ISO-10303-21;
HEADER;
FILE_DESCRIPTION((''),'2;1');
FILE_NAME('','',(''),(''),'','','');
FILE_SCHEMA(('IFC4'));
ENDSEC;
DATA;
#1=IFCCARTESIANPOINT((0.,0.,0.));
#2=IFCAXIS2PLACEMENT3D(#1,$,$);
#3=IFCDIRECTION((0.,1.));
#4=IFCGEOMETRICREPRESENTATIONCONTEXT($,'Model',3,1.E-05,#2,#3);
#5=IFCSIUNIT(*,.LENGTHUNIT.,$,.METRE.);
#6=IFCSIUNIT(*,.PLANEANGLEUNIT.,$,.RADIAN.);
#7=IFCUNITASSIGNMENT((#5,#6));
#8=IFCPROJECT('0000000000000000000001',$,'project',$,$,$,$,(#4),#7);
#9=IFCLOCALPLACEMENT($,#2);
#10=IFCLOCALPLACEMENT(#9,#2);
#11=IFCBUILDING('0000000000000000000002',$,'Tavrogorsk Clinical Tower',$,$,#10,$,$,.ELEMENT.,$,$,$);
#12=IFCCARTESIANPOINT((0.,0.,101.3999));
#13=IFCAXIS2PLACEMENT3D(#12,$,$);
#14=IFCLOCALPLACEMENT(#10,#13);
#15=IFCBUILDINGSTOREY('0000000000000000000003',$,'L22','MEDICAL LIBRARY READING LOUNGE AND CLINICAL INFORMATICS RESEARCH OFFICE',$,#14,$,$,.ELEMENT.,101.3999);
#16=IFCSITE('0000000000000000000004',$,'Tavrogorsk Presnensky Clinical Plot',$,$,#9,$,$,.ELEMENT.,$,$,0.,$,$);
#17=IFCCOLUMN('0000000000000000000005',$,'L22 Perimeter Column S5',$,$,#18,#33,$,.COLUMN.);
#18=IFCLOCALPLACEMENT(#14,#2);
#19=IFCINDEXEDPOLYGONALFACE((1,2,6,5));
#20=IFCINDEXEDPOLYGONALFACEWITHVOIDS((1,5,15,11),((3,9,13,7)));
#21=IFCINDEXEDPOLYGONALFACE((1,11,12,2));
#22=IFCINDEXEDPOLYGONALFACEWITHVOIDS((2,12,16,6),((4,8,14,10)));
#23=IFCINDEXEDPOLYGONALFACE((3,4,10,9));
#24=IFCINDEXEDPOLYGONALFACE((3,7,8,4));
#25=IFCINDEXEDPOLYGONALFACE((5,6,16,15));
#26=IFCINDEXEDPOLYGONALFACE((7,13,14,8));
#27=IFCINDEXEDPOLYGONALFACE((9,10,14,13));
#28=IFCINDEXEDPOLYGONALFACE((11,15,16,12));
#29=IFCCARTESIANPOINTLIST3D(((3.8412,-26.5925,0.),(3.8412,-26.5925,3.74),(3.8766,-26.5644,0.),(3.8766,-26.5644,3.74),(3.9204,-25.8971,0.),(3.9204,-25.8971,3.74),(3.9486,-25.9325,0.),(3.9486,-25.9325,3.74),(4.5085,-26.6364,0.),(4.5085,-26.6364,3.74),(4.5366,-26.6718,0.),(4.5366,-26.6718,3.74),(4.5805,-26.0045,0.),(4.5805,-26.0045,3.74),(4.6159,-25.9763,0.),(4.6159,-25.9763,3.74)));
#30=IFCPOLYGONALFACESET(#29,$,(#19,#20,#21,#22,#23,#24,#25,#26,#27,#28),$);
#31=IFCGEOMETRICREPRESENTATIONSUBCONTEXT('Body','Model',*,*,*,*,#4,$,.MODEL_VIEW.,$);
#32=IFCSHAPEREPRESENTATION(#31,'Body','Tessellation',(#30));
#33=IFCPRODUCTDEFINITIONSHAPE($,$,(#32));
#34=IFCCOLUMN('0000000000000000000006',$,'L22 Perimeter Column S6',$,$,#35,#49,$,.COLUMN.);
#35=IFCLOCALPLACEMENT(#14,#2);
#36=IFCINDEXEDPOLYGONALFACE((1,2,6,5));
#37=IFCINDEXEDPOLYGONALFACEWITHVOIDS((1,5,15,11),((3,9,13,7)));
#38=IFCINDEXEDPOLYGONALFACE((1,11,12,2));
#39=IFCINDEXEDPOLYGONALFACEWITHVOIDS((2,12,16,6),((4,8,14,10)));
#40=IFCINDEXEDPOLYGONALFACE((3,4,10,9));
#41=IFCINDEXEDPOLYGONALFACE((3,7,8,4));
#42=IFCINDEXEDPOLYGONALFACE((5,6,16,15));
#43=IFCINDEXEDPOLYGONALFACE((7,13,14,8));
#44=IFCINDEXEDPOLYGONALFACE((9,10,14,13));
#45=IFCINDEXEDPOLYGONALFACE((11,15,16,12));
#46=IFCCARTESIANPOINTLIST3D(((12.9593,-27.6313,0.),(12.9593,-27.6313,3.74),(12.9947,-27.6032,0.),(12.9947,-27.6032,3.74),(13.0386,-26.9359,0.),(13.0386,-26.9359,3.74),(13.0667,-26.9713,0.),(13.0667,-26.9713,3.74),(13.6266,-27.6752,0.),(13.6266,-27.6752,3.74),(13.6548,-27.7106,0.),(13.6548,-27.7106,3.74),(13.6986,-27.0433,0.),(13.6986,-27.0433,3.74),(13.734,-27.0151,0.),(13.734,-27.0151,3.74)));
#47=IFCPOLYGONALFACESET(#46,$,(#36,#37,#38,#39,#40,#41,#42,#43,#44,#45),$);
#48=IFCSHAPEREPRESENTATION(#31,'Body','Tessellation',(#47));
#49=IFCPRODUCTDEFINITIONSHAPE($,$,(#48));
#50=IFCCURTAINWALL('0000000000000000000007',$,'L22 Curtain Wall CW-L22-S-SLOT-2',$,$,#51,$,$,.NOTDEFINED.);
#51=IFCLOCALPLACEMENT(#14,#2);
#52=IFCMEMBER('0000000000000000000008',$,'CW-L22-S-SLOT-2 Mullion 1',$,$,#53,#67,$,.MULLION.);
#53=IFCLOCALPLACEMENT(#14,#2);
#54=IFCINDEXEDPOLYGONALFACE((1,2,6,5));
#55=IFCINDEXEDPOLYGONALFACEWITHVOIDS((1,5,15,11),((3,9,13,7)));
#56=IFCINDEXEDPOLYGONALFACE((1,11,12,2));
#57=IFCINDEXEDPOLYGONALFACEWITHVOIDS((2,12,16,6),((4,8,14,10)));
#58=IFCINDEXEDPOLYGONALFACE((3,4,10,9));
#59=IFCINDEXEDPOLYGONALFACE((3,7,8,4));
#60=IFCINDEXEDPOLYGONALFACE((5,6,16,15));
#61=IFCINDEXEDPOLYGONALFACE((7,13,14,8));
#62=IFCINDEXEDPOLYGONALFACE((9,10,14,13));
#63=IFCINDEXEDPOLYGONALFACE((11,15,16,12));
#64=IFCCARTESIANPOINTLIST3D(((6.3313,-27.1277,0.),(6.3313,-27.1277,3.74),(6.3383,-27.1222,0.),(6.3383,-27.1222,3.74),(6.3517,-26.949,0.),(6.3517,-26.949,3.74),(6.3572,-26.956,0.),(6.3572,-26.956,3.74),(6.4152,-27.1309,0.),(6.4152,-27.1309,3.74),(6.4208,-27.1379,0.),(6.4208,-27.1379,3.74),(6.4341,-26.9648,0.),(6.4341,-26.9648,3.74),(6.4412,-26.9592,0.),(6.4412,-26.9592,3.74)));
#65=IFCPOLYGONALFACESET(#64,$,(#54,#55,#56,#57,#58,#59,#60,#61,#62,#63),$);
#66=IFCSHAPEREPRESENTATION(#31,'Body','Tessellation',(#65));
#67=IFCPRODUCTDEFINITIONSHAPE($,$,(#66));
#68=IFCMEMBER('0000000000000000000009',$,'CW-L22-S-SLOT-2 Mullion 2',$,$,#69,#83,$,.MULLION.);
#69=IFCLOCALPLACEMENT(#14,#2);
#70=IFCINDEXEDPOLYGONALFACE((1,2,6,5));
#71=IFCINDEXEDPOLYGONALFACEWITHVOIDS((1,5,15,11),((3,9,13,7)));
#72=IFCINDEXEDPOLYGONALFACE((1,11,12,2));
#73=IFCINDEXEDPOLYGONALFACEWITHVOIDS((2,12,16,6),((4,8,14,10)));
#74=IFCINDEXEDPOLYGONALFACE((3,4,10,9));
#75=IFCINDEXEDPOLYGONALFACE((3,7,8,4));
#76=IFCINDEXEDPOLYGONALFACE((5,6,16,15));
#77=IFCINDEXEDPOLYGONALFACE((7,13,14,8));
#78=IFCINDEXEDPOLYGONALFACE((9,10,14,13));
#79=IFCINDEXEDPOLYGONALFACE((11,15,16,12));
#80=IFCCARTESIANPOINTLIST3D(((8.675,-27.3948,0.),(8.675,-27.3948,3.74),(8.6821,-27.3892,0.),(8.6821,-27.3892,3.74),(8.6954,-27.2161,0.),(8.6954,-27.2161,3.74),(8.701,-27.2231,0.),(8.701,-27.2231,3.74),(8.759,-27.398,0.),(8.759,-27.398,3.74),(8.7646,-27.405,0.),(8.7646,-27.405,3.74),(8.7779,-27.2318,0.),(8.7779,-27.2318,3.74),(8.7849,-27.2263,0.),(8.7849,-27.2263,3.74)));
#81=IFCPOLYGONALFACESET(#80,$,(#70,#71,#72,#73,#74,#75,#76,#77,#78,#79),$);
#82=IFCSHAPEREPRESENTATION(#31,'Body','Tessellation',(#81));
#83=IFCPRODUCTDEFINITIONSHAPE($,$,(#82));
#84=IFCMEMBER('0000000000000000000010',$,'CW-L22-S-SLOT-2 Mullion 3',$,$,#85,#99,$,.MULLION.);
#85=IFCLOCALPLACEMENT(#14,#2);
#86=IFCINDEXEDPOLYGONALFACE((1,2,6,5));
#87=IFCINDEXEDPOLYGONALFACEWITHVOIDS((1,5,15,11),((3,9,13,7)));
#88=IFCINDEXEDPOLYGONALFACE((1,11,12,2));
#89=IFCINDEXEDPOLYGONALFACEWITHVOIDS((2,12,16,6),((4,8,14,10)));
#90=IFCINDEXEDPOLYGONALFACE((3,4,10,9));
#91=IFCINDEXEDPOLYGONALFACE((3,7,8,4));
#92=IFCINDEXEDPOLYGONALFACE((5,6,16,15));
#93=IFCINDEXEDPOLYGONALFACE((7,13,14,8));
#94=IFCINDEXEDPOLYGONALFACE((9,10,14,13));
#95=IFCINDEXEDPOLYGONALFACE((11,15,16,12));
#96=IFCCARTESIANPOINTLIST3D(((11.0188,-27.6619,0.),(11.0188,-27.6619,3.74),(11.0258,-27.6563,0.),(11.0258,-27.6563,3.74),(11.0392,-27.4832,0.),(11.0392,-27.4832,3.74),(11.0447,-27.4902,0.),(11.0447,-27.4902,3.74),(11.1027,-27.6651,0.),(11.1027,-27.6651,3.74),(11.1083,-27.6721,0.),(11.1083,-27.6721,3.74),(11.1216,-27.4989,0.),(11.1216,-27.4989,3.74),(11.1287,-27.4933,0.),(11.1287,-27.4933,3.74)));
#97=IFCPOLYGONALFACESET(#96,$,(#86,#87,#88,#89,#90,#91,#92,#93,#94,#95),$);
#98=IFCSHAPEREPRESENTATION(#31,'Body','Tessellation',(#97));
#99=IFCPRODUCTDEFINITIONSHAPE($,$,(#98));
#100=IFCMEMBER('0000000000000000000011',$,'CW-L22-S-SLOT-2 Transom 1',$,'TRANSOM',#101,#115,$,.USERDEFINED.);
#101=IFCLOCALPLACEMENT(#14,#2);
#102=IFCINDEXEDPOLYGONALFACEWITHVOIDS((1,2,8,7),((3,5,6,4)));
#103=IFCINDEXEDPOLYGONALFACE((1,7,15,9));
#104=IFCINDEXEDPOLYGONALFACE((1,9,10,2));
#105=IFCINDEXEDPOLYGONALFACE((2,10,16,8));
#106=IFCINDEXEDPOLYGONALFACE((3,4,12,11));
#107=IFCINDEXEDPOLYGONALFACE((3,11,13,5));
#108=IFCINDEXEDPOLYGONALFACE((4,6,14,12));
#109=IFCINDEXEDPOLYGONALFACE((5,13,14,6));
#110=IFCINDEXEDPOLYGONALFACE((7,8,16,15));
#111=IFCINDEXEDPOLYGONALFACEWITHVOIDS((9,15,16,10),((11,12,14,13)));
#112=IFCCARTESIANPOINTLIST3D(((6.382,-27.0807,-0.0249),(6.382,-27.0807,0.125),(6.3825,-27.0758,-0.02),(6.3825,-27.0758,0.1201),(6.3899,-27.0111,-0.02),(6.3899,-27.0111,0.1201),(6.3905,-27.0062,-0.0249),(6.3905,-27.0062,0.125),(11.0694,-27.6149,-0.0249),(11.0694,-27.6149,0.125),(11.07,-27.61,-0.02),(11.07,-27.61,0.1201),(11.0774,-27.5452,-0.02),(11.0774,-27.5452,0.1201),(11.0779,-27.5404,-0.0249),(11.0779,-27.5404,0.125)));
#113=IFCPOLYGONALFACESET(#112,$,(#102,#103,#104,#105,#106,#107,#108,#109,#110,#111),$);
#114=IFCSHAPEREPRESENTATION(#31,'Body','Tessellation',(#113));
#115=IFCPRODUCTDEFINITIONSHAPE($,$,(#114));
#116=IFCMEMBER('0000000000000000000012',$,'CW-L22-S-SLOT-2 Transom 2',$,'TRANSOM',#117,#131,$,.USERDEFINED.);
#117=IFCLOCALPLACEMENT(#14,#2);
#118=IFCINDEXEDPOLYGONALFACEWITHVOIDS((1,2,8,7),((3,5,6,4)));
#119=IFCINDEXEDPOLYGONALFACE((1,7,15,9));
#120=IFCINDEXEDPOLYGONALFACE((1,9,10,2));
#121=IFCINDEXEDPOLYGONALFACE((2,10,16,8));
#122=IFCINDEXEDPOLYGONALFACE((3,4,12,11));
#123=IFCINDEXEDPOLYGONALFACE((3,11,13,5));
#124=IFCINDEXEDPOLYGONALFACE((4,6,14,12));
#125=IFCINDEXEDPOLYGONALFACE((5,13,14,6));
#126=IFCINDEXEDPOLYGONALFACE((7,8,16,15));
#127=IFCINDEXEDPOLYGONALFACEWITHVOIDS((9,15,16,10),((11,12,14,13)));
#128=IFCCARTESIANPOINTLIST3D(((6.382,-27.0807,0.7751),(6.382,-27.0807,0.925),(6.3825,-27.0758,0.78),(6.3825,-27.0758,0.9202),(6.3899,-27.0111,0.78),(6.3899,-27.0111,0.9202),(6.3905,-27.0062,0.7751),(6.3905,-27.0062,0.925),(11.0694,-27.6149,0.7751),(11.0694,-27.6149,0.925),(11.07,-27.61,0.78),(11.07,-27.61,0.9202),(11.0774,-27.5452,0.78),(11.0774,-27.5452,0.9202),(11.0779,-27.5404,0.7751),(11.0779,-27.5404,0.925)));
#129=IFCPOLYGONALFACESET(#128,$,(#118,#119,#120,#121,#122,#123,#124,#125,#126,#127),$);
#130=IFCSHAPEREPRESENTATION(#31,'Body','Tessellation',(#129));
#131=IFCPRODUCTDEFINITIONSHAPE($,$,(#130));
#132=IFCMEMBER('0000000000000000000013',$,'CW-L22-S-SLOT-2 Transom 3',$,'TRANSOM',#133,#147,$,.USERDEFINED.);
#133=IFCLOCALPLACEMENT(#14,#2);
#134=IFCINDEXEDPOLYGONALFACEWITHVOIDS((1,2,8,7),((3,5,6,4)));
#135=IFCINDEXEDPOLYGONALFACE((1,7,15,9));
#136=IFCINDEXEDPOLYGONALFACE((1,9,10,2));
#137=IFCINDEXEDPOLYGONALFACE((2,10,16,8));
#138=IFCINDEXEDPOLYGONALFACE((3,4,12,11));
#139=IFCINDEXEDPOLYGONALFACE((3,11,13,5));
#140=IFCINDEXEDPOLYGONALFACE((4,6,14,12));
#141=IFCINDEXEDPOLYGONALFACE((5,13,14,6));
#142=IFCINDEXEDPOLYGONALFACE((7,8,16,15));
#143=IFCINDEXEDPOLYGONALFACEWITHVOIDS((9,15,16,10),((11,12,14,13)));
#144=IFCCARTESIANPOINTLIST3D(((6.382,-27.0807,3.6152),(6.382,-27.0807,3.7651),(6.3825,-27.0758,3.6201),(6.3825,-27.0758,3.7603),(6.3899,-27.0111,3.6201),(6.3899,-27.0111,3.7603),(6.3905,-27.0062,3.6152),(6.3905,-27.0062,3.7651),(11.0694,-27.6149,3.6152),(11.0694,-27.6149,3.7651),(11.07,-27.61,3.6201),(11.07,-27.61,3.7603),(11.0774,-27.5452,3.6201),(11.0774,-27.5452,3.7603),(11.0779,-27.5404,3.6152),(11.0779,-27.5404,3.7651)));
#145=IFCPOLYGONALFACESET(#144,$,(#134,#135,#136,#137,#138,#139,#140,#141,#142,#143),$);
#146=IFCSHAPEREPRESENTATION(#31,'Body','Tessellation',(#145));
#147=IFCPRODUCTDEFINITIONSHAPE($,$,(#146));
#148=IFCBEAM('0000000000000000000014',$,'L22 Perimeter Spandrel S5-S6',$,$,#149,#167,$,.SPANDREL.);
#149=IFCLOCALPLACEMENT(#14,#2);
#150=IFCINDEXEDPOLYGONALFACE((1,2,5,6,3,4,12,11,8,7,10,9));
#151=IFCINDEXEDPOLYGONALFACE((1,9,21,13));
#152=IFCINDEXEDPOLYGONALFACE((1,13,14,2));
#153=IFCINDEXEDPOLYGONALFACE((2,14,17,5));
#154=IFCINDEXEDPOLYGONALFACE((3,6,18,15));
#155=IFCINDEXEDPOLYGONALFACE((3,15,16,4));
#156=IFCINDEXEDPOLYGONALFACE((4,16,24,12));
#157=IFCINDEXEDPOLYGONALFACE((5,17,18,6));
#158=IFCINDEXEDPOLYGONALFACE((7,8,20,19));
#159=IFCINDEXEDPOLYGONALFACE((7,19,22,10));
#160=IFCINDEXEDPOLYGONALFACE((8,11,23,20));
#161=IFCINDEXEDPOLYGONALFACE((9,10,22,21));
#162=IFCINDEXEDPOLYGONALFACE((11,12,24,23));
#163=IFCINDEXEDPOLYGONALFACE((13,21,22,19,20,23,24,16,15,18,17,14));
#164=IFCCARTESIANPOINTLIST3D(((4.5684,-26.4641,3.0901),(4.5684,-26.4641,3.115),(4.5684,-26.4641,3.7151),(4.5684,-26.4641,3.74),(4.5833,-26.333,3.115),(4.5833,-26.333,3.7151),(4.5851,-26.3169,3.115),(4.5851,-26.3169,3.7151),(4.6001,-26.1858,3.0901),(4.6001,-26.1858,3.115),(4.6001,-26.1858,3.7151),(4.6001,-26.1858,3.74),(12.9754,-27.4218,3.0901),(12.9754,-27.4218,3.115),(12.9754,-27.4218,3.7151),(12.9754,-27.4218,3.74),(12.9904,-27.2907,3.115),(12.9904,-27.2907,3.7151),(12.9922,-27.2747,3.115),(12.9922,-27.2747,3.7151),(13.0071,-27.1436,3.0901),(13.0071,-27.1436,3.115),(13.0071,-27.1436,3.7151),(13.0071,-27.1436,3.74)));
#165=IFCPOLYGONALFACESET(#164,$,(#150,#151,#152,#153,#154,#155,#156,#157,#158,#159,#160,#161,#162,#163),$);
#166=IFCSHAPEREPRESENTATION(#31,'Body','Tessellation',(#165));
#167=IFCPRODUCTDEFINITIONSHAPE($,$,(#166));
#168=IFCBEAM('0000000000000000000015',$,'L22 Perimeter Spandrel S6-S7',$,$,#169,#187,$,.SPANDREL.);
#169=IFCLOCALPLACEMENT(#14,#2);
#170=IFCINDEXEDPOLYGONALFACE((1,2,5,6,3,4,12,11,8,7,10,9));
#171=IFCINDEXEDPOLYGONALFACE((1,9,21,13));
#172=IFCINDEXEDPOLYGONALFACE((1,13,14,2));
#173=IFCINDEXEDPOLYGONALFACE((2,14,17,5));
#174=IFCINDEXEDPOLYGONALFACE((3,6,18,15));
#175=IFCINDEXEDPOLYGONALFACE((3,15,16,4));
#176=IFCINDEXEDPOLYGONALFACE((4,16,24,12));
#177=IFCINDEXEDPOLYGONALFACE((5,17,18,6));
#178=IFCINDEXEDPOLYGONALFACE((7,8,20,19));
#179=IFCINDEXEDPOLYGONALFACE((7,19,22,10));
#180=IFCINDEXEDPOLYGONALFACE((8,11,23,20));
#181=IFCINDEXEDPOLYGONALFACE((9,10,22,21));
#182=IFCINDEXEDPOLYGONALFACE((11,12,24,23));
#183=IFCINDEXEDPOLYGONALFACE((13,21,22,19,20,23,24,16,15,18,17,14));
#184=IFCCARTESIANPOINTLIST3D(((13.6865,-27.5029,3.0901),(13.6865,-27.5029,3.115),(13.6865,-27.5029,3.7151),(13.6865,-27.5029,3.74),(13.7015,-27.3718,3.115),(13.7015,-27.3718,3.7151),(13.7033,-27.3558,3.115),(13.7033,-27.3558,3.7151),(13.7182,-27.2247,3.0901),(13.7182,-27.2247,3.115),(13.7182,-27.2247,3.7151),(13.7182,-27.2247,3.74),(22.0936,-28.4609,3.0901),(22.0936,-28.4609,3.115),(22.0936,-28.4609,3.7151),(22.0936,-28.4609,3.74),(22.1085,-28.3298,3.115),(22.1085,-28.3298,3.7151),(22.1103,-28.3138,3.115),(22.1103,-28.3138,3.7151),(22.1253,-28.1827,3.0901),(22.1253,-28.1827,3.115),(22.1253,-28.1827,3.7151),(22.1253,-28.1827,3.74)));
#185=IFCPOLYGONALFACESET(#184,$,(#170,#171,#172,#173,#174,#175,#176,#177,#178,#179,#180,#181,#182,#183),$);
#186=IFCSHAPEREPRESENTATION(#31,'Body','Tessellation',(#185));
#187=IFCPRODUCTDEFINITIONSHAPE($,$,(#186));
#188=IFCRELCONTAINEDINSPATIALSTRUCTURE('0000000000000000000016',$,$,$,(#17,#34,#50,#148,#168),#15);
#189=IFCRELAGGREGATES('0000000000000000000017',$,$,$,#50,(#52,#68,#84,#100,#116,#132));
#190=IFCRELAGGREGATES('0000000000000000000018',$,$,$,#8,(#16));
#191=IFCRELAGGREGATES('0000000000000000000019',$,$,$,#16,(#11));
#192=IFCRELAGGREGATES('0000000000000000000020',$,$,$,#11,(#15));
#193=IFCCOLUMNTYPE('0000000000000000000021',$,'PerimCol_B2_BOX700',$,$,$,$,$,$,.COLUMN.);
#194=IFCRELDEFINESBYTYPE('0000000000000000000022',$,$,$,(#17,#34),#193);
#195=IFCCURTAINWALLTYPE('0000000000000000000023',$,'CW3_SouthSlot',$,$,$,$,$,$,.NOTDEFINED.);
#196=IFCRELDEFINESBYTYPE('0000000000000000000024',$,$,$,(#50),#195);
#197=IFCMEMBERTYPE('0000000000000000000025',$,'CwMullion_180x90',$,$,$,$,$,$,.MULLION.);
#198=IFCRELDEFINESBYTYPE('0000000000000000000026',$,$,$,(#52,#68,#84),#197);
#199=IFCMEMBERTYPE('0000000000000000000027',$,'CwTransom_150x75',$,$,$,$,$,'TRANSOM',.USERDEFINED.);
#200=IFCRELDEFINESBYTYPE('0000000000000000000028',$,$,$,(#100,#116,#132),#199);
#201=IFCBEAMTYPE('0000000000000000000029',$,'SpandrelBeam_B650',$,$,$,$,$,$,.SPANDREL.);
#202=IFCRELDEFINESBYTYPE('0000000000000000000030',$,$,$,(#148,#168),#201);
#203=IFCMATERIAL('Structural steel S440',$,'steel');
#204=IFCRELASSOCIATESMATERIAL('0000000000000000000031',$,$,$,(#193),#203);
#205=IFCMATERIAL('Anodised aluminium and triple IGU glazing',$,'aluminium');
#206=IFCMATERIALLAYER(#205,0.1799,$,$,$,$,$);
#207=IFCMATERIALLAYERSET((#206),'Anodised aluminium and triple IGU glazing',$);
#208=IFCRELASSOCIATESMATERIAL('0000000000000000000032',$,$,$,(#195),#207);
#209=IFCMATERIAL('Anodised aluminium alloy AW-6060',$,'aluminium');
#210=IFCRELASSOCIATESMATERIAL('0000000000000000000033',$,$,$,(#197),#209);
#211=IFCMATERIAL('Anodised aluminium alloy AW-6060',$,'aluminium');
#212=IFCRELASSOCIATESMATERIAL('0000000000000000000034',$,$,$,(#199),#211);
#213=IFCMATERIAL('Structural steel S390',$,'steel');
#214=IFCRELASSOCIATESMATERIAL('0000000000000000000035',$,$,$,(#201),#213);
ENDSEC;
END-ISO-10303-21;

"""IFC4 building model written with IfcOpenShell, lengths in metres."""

from ifc_helpers import new_model, si_unit, direction, frame, origin, origin_2d, place, context, subcontext, project, spatial, hollow_rectangle, i_section, extrude, material, layer, layer_set, material_profile, profile_set, type_object, element, aggregate, save


model = new_model("IFC4")

# Units and contexts
model_context = context("Model", 3, precision=1e-05, world=origin(), true_north=direction((0.0, 1.0)))
body_context = subcontext(model_context, "Body", "Model", "MODEL_VIEW")
ifc_project = project(units=[si_unit("LENGTHUNIT", "METRE"), si_unit("PLANEANGLEUNIT", "RADIAN")], contexts=[model_context])

# Site, building, storey
site_placement = place(None, origin())
site = spatial("IfcSite", under=ifc_project, at=site_placement, Name="Tavrogorsk Presnensky Clinical Plot", CompositionType="ELEMENT", RefElevation=0.0)
building_placement = place(site_placement, origin())
building = spatial("IfcBuilding", under=site, at=building_placement, Name="Tavrogorsk Clinical Tower", CompositionType="ELEMENT")
storey_placement = place(building_placement, frame((0.0, 0.0, 101.3999)))
storey = spatial("IfcBuildingStorey", under=building, at=storey_placement, Name="L22", Description="MEDICAL LIBRARY READING LOUNGE AND CLINICAL INFORMATICS RESEARCH OFFICE", CompositionType="ELEMENT", Elevation=101.3999)

# Columns
ifc_material_1 = material(Name="Structural steel S440", Category="steel")
ifc_material_profile_1 = material_profile(ifc_material_1, hollow_rectangle(XDim=0.7, YDim=0.7, WallThickness=0.032, at=origin_2d()), Name="BOX-700x700x32")
ifc_profile_set_1 = profile_set([ifc_material_profile_1], Name="Structural steel S440")
column_type = type_object("IfcColumnType", Name="PerimCol_B2_BOX700", PredefinedType="COLUMN", material=ifc_profile_set_1)
for number, where, z_axis, x_axis, name in (
    (1, (4.2285, -26.2844, 0.0), (0.0, 0.0, 1.0), (0.993572, -0.113203, 0.0), "L22 Perimeter Column S5"),
    (2, (13.3467, -27.3232, 0.0), (0.0, 0.0, 1.0), (0.993572, -0.113203, 0.0), "L22 Perimeter Column S6"),
):
    element("IfcColumn", number, at=place(storey_placement, frame(where, z_axis=z_axis, x_axis=x_axis)), inside=storey, type_object=column_type, Name=name, PredefinedType="COLUMN", context=body_context, shape_type="SweptSolid", body=[
        extrude(hollow_rectangle(XDim=0.7, YDim=0.7, WallThickness=0.032, at=origin_2d()), origin(), (0.0, 0.0, 1.0), 3.74),
    ])

# Curtain wall, members
ifc_material_2 = material(Name="Anodised aluminium and triple IGU glazing", Category="aluminium")
ifc_layer_1 = layer(ifc_material_2, 0.1799)
ifc_layer_set_1 = layer_set([ifc_layer_1], Name="Anodised aluminium and triple IGU glazing")
curtain_wall_type = type_object("IfcCurtainWallType", Name="CW3_SouthSlot", PredefinedType="NOTDEFINED", material=ifc_layer_set_1)
curtain_wall_placement = place(storey_placement, origin())
curtain_wall = element("IfcCurtainWall", 3, at=curtain_wall_placement, inside=storey, type_object=curtain_wall_type, Name="L22 Curtain Wall CW-L22-S-SLOT-2", PredefinedType="NOTDEFINED")
ifc_material_3 = material(Name="Anodised aluminium alloy AW-6060", Category="aluminium")
ifc_material_profile_2 = material_profile(ifc_material_3, hollow_rectangle(XDim=0.0901, YDim=0.1799, WallThickness=0.0063, at=origin_2d()), Name="RHS-180x90x6.3")
ifc_profile_set_2 = profile_set([ifc_material_profile_2], Name="Anodised aluminium alloy AW-6060")
member_type_1 = type_object("IfcMemberType", Name="CwMullion_180x90", PredefinedType="MULLION", material=ifc_profile_set_2)
member_1_placement = place(storey_placement, frame((6.3862, -27.0435, 0.0), z_axis=(0.0, 0.0, 1.0), x_axis=(0.993572, -0.113203, 0.0)))
member_1 = element("IfcMember", 4, at=member_1_placement, type_object=member_type_1, Name="CW-L22-S-SLOT-2 Mullion 1", PredefinedType="MULLION", context=body_context, shape_type="SweptSolid", body=[
    extrude(hollow_rectangle(XDim=0.0901, YDim=0.1799, WallThickness=0.0063, at=origin_2d()), origin(), (0.0, 0.0, 1.0), 3.74),
])
member_2_placement = place(storey_placement, frame((8.73, -27.3105, 0.0), z_axis=(0.0, 0.0, 1.0), x_axis=(0.993572, -0.113203, 0.0)))
member_2 = element("IfcMember", 5, at=member_2_placement, type_object=member_type_1, Name="CW-L22-S-SLOT-2 Mullion 2", PredefinedType="MULLION", context=body_context, shape_type="SweptSolid", body=[
    extrude(hollow_rectangle(XDim=0.0901, YDim=0.1799, WallThickness=0.0063, at=origin_2d()), origin(), (0.0, 0.0, 1.0), 3.74),
])
member_3_placement = place(storey_placement, frame((11.0737, -27.5776, 0.0), z_axis=(0.0, 0.0, 1.0), x_axis=(0.993572, -0.113203, 0.0)))
member_3 = element("IfcMember", 6, at=member_3_placement, type_object=member_type_1, Name="CW-L22-S-SLOT-2 Mullion 3", PredefinedType="MULLION", context=body_context, shape_type="SweptSolid", body=[
    extrude(hollow_rectangle(XDim=0.0901, YDim=0.1799, WallThickness=0.0063, at=origin_2d()), origin(), (0.0, 0.0, 1.0), 3.74),
])
ifc_material_4 = material(Name="Anodised aluminium alloy AW-6060", Category="aluminium")
ifc_material_profile_3 = material_profile(ifc_material_4, hollow_rectangle(XDim=0.075, YDim=0.1499, WallThickness=0.0049, at=origin_2d()), Name="RHS-150x75x5")
ifc_profile_set_3 = profile_set([ifc_material_profile_3], Name="Anodised aluminium alloy AW-6060")
member_type_2 = type_object("IfcMemberType", Name="CwTransom_150x75", ElementType="TRANSOM", PredefinedType="USERDEFINED", material=ifc_profile_set_3)
member_4_placement = place(storey_placement, frame((6.3862, -27.0435, 0.05), z_axis=(0.993569, -0.113226, 0.0), x_axis=(0.113226, 0.993569, 0.0)))
member_4 = element("IfcMember", 7, at=member_4_placement, type_object=member_type_2, Name="CW-L22-S-SLOT-2 Transom 1", ObjectType="TRANSOM", PredefinedType="USERDEFINED", context=body_context, shape_type="SweptSolid", body=[
    extrude(hollow_rectangle(XDim=0.075, YDim=0.1499, WallThickness=0.0049, at=origin_2d()), origin(), (0.0, 0.0, 1.0), 4.7178),
])
member_5_placement = place(storey_placement, frame((6.3862, -27.0435, 0.8501), z_axis=(0.993569, -0.113226, 0.0), x_axis=(0.113226, 0.993569, 0.0)))
member_5 = element("IfcMember", 8, at=member_5_placement, type_object=member_type_2, Name="CW-L22-S-SLOT-2 Transom 2", ObjectType="TRANSOM", PredefinedType="USERDEFINED", context=body_context, shape_type="SweptSolid", body=[
    extrude(hollow_rectangle(XDim=0.075, YDim=0.1499, WallThickness=0.0049, at=origin_2d()), origin(), (0.0, 0.0, 1.0), 4.7178),
])
member_6_placement = place(storey_placement, frame((6.3862, -27.0435, 3.6902), z_axis=(0.993569, -0.113226, 0.0), x_axis=(0.113226, 0.993569, 0.0)))
member_6 = element("IfcMember", 9, at=member_6_placement, type_object=member_type_2, Name="CW-L22-S-SLOT-2 Transom 3", ObjectType="TRANSOM", PredefinedType="USERDEFINED", context=body_context, shape_type="SweptSolid", body=[
    extrude(hollow_rectangle(XDim=0.075, YDim=0.1499, WallThickness=0.0049, at=origin_2d()), origin(), (0.0, 0.0, 1.0), 4.7178),
])

# Beams
ifc_material_5 = material(Name="Structural steel S390", Category="steel")
ifc_material_profile_4 = material_profile(ifc_material_5, i_section(OverallWidth=0.28, OverallDepth=0.6499, WebThickness=0.0161, FlangeThickness=0.0249, at=origin_2d()), Name="B-650x280x16x25")
ifc_profile_set_4 = profile_set([ifc_material_profile_4], Name="Structural steel S390")
beam_type = type_object("IfcBeamType", Name="SpandrelBeam_B650", PredefinedType="SPANDREL", material=ifc_profile_set_4)
for number, where, z_axis, x_axis, name in (
    (10, (4.5842, -26.325, 3.415), (0.993573, -0.113193, 0.0), (0.113193, 0.993573, 0.0), "L22 Perimeter Spandrel S5-S6"),
    (11, (13.7024, -27.3638, 3.415), (0.99357, -0.113221, 0.0), (0.113221, 0.99357, 0.0), "L22 Perimeter Spandrel S6-S7"),
):
    element("IfcBeam", number, at=place(storey_placement, frame(where, z_axis=z_axis, x_axis=x_axis)), inside=storey, type_object=beam_type, Name=name, PredefinedType="SPANDREL", context=body_context, shape_type="SweptSolid", body=[
        extrude(i_section(OverallWidth=0.28, OverallDepth=0.6499, WebThickness=0.0161, FlangeThickness=0.0249, at=origin_2d()), origin(), (0.0, 0.0, 1.0), 8.4614),
    ])

aggregate(curtain_wall, [member_1, member_2, member_3, member_4, member_5, member_6])

save(model, "model.ifc")
